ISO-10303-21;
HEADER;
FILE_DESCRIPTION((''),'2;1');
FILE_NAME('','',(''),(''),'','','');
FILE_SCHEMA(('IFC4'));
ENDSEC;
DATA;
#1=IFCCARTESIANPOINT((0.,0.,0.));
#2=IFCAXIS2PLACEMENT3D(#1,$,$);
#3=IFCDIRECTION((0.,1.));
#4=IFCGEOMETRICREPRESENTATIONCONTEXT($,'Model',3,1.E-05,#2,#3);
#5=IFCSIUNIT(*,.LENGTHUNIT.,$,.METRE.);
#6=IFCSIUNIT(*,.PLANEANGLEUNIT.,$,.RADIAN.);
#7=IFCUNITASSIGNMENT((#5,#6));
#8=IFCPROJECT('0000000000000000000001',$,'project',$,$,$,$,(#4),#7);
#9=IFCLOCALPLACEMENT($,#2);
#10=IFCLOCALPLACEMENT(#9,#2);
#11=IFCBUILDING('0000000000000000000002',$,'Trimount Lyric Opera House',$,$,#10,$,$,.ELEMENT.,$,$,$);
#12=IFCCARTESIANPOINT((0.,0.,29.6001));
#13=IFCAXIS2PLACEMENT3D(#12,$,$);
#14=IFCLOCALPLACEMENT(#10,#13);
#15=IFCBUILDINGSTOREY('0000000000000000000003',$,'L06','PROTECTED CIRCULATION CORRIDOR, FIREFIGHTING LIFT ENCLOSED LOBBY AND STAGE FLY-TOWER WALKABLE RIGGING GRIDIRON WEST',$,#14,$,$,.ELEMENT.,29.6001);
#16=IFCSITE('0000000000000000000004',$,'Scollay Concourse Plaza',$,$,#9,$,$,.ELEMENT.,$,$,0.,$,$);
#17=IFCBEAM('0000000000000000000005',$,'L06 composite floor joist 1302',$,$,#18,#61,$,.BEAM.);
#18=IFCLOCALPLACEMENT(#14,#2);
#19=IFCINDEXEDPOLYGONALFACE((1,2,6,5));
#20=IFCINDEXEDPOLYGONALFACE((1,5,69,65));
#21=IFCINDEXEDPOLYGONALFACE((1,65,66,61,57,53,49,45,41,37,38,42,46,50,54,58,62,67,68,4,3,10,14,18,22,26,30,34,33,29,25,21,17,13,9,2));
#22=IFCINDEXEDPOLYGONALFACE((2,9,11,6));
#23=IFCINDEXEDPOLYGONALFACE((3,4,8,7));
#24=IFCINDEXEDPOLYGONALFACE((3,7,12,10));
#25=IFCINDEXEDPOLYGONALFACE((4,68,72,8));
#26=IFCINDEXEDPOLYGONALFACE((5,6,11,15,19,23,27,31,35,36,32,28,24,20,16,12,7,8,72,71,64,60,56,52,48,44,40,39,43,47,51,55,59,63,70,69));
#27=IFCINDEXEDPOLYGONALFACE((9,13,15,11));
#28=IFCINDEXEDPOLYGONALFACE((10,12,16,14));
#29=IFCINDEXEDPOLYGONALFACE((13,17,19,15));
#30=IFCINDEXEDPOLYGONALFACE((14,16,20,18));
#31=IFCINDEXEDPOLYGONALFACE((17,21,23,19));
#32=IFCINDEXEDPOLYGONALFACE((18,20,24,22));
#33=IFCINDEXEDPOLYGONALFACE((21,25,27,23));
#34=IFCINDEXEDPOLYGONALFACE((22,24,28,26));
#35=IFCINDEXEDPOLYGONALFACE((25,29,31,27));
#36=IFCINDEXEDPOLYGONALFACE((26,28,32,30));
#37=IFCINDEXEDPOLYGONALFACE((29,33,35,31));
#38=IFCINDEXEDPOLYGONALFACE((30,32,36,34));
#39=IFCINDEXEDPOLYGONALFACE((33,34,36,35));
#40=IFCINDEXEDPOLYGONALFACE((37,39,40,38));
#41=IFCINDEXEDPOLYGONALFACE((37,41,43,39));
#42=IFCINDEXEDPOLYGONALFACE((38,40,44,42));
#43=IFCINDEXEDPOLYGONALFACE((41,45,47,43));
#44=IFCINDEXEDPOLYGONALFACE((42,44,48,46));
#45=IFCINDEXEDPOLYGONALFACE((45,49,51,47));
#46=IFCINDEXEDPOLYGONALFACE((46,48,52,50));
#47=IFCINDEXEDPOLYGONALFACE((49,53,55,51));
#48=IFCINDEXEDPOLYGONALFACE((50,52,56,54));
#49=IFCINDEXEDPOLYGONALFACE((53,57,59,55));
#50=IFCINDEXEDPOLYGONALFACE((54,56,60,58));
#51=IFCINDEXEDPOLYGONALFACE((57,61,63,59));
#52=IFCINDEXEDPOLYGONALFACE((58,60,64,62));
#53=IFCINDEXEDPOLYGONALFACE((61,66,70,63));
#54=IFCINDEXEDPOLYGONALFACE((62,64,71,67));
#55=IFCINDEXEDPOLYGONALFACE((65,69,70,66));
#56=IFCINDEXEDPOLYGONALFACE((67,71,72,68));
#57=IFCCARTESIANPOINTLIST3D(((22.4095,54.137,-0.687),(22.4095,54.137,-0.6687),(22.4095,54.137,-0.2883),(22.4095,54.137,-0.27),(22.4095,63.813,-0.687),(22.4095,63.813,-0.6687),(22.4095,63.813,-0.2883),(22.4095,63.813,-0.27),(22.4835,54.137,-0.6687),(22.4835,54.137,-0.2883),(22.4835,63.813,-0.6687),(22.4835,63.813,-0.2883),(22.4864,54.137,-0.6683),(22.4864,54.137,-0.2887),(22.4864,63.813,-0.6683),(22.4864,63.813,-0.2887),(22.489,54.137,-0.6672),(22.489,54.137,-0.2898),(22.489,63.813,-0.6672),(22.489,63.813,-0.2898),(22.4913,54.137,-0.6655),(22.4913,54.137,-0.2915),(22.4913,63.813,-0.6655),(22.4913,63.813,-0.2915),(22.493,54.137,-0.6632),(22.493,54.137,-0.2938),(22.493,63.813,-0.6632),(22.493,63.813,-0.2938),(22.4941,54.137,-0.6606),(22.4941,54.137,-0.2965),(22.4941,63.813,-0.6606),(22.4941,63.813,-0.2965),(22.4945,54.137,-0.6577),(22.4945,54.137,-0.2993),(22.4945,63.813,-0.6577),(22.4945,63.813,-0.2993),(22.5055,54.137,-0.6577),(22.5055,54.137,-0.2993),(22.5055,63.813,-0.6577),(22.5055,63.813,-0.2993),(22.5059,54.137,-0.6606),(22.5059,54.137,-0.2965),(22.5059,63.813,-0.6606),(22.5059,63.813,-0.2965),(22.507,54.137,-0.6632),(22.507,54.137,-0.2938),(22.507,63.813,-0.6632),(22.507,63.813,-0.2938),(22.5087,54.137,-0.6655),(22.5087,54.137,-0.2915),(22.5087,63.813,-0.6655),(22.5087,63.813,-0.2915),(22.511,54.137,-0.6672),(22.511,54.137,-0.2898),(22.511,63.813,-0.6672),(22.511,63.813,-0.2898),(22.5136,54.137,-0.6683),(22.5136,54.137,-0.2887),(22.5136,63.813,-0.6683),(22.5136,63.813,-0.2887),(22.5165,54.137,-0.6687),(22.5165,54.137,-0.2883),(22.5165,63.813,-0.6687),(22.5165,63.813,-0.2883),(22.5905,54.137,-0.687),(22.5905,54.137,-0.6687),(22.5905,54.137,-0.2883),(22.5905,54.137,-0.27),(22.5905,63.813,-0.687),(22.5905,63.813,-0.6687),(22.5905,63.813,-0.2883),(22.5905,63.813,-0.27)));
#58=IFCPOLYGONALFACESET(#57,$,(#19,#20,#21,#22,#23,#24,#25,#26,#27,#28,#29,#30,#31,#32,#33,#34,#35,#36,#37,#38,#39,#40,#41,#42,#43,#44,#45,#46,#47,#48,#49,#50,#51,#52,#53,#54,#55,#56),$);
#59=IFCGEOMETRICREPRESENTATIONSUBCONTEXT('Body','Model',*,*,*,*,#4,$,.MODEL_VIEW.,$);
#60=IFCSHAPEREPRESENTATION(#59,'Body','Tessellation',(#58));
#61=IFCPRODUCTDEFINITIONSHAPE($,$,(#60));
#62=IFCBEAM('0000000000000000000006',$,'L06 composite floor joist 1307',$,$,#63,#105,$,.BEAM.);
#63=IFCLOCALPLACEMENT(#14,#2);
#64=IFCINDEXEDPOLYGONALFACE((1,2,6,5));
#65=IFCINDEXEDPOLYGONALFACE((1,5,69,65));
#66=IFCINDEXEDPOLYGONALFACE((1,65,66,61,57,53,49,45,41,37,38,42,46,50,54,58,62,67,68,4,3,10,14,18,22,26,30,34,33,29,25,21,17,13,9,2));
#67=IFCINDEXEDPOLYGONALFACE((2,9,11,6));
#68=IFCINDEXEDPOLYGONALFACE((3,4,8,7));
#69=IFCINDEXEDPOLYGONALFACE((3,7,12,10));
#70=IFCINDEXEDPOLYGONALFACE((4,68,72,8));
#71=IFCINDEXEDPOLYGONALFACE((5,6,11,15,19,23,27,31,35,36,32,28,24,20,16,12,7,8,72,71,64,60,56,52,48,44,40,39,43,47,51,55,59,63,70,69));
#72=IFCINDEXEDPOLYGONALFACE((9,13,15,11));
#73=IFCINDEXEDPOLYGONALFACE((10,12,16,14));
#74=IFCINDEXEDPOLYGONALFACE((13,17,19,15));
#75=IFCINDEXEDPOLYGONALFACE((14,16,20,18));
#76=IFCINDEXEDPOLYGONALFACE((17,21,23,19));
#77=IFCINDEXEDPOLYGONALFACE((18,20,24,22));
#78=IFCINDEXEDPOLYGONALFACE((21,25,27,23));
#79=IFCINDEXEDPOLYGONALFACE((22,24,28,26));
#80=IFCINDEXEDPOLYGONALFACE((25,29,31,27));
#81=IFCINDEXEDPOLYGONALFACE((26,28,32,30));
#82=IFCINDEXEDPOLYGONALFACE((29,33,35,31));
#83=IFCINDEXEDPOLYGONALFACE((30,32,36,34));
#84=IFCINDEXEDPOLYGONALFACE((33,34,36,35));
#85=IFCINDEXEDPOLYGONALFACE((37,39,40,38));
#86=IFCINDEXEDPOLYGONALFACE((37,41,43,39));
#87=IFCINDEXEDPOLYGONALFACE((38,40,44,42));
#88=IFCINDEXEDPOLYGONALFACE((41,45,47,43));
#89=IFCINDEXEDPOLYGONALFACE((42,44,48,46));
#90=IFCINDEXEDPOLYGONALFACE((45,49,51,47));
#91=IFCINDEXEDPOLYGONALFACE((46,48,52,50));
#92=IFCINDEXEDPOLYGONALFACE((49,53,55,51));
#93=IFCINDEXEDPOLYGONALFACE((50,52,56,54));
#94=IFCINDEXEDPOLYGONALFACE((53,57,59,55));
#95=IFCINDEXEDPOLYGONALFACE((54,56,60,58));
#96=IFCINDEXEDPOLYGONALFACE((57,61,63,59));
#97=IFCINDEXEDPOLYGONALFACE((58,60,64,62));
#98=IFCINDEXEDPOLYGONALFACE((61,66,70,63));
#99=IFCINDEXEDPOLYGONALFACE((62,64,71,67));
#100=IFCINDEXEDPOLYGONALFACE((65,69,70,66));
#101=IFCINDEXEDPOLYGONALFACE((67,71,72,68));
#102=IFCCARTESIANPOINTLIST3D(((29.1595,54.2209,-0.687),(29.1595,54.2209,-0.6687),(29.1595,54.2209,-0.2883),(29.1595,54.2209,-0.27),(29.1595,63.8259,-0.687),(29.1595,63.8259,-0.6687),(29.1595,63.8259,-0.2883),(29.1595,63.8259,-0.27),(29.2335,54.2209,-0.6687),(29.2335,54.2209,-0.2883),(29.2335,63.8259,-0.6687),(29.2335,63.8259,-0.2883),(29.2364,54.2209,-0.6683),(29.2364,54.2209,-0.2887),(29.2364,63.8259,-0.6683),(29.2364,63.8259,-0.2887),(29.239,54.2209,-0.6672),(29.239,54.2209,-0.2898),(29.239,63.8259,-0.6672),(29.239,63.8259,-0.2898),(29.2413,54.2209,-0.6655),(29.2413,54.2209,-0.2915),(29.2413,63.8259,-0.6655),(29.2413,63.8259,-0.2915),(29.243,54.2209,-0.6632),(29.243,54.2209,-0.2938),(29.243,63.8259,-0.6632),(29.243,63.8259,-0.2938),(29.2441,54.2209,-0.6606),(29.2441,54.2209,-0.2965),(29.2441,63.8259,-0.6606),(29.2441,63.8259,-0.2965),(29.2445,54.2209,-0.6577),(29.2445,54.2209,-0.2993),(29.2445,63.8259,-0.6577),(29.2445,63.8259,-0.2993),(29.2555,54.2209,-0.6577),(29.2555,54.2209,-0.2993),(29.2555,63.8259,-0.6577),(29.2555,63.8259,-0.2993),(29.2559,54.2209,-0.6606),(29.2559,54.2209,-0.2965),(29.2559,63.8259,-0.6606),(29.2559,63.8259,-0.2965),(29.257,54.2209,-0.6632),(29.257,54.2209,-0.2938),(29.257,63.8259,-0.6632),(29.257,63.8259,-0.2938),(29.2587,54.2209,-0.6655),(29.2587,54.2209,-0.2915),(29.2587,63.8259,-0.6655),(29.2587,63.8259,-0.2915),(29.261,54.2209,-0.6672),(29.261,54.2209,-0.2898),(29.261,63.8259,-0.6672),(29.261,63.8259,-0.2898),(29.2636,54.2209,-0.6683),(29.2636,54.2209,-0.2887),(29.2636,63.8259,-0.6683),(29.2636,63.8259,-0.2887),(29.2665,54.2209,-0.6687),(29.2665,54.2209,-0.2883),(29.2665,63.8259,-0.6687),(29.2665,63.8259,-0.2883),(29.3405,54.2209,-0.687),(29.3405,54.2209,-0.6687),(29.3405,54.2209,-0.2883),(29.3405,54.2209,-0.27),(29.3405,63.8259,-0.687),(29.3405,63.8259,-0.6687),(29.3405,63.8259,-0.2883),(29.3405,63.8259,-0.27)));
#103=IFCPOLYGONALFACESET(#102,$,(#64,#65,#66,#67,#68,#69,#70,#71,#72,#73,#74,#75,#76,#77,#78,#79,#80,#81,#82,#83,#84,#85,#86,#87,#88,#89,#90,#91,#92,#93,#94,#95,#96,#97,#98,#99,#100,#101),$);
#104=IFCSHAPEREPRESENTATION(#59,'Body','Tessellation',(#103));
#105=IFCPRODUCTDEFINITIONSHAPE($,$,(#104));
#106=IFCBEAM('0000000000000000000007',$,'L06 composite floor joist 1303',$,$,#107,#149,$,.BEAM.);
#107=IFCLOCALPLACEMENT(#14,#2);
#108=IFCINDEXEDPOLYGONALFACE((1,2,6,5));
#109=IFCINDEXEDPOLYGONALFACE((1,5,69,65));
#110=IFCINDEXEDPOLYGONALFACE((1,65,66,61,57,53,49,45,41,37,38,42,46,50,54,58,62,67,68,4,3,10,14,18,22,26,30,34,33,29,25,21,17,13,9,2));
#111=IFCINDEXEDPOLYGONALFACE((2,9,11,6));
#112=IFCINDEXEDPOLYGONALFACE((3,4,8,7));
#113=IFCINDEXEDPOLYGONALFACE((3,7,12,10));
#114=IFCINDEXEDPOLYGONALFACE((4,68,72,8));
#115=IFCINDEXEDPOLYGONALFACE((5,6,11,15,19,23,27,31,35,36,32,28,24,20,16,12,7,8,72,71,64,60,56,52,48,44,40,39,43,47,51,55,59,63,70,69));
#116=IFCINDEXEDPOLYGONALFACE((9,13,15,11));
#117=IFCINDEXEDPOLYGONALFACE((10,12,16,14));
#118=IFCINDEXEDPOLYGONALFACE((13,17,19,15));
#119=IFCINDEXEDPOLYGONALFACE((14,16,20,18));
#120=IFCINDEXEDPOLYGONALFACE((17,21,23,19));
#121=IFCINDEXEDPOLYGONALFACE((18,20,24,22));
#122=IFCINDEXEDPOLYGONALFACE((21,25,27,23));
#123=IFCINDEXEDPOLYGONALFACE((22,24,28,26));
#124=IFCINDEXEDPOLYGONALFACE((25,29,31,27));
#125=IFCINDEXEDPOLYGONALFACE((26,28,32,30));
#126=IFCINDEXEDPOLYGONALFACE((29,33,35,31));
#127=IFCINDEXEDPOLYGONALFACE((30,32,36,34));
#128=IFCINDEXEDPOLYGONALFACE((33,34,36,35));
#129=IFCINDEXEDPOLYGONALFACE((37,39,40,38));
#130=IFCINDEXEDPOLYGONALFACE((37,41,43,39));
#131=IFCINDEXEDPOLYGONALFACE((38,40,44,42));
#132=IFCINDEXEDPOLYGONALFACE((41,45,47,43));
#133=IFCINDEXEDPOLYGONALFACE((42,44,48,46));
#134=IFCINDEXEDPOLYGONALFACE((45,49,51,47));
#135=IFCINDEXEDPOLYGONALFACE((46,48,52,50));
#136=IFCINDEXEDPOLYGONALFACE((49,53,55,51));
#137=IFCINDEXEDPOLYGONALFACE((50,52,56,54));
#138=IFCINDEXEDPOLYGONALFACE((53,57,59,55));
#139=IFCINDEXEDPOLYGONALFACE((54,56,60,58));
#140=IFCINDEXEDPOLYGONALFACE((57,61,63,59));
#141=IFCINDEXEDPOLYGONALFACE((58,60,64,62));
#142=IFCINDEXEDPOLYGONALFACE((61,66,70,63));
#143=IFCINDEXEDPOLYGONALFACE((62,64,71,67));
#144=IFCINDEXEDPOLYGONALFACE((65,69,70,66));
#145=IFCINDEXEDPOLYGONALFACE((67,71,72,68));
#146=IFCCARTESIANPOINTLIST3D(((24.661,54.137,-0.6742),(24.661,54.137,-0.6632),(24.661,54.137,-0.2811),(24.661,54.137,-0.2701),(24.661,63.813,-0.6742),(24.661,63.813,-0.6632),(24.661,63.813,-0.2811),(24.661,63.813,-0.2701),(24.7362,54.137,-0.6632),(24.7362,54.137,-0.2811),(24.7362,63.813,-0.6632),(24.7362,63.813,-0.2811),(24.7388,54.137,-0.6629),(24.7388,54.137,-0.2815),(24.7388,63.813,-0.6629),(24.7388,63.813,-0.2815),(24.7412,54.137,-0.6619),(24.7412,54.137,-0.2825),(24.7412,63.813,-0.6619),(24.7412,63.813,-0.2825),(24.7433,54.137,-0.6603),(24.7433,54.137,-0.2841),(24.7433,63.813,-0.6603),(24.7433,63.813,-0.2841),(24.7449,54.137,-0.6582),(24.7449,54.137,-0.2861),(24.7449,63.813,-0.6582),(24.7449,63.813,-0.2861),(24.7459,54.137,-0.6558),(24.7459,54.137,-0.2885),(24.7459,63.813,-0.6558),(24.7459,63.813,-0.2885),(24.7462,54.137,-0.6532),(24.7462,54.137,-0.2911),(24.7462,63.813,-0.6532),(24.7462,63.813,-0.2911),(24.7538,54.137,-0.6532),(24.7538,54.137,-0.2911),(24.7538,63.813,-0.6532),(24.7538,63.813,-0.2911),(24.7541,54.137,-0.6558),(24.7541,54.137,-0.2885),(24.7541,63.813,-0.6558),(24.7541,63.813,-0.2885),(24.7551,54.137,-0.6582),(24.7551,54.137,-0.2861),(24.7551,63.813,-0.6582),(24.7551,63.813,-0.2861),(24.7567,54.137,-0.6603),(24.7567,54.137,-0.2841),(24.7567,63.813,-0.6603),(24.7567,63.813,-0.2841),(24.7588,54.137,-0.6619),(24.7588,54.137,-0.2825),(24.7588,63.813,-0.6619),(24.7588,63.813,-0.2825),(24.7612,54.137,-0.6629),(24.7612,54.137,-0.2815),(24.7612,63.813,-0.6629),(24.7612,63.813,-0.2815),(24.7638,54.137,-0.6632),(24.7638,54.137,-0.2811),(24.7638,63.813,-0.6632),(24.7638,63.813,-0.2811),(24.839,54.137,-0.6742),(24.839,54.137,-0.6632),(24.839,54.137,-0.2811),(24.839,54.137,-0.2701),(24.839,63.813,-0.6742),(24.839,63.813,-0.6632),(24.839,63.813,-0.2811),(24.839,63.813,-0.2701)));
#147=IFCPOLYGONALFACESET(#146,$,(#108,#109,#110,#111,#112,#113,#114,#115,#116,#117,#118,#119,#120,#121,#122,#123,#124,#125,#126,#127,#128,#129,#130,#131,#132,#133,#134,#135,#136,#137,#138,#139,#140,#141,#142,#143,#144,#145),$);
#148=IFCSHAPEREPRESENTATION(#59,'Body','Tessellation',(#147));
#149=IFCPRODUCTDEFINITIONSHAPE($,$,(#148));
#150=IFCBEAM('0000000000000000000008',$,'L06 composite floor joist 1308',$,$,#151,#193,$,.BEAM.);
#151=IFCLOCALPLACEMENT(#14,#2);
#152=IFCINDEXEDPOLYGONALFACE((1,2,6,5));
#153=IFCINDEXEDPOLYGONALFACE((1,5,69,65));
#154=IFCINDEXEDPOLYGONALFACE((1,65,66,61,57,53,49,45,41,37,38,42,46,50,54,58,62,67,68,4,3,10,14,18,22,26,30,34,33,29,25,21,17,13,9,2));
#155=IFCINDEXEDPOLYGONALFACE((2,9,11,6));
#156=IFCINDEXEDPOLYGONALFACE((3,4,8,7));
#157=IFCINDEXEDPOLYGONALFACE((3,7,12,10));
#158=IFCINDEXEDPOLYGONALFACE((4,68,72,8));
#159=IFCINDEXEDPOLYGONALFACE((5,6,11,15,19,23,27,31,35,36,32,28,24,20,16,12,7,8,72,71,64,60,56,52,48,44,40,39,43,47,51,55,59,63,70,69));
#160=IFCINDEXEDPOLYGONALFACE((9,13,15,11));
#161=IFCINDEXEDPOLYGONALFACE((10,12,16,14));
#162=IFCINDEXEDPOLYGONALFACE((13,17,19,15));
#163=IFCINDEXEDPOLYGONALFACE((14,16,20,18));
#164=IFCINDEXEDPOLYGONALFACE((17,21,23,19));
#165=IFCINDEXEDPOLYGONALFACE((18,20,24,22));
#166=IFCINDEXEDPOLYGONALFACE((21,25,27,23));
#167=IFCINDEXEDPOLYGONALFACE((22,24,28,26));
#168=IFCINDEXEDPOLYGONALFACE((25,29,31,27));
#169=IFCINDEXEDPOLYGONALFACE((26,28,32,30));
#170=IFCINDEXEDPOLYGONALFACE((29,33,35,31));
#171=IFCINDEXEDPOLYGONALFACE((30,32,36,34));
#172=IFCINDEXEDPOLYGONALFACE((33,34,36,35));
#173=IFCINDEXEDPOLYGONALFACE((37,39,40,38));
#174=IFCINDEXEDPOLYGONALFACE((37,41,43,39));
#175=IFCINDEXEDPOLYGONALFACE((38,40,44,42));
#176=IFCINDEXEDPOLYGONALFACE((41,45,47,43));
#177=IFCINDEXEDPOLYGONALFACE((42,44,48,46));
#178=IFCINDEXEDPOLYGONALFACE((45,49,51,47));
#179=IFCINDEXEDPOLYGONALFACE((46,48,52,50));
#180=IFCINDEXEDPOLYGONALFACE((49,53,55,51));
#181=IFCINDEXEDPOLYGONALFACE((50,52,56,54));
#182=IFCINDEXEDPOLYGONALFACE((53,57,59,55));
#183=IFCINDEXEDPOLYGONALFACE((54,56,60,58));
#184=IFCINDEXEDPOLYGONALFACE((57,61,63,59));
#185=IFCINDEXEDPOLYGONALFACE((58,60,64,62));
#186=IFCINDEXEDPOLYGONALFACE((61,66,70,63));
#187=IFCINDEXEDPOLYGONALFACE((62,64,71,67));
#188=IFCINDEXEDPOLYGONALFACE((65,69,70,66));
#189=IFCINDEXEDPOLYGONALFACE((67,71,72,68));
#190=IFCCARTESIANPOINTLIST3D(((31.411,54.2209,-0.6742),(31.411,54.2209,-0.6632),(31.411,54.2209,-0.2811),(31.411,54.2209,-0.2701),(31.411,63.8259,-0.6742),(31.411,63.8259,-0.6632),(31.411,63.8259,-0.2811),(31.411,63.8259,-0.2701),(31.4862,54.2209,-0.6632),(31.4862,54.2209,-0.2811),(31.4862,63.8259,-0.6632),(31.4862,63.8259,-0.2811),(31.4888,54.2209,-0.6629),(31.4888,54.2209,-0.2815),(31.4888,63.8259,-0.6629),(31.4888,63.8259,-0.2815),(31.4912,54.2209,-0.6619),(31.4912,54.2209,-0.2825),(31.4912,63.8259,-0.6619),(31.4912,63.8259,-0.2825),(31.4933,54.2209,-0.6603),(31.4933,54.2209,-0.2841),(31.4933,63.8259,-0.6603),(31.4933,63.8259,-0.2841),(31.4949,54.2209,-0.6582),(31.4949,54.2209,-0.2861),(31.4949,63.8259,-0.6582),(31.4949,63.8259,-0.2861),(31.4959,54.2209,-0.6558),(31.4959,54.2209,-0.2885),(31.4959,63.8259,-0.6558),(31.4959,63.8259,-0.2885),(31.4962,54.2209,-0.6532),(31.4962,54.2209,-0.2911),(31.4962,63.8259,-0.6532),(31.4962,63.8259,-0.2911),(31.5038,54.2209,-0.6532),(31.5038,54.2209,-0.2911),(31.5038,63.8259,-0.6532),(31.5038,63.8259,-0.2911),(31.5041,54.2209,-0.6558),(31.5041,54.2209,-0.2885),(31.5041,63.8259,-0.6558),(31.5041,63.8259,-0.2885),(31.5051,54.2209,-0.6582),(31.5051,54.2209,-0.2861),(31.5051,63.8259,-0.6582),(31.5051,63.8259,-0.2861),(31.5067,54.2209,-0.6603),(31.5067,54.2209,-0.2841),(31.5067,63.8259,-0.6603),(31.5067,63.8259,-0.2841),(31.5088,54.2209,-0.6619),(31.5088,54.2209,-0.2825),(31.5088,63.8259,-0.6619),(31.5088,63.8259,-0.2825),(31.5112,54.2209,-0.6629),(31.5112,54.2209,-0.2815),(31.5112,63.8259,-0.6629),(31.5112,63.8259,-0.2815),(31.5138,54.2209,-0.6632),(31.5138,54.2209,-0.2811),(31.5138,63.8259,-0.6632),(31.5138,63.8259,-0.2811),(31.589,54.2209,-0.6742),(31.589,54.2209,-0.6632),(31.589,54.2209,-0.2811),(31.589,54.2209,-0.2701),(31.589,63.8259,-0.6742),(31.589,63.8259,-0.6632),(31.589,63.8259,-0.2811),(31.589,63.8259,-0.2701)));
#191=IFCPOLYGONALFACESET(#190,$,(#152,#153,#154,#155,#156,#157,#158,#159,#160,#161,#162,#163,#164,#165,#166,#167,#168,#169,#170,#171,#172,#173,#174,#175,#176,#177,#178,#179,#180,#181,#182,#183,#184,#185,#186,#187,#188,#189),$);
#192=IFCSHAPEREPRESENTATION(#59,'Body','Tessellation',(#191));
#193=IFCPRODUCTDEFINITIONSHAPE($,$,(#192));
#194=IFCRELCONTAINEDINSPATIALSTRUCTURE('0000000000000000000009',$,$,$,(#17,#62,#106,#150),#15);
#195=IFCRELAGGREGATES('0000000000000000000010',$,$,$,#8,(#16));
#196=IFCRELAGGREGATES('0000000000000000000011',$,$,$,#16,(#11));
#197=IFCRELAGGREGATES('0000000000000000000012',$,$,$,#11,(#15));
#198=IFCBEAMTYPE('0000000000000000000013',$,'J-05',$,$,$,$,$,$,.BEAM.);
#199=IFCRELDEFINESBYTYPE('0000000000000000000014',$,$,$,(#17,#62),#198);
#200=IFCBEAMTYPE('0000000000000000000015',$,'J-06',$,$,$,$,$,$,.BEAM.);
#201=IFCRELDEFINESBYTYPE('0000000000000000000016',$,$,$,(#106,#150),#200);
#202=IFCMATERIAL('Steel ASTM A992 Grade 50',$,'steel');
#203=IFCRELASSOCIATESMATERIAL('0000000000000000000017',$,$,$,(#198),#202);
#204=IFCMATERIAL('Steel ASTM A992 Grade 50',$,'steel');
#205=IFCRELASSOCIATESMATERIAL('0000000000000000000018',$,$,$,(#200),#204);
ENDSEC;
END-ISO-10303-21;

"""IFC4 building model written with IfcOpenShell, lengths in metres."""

from ifc_helpers import new_model, si_unit, direction, frame, origin, origin_2d, place, context, subcontext, project, spatial, i_section, extrude, material, material_profile, profile_set, type_object, element, save


model = new_model("IFC4")

# Units and contexts
model_context = context("Model", 3, precision=1e-05, world=origin(), true_north=direction((0.0, 1.0)))
body_context = subcontext(model_context, "Body", "Model", "MODEL_VIEW")
ifc_project = project(units=[si_unit("LENGTHUNIT", "METRE"), si_unit("PLANEANGLEUNIT", "RADIAN")], contexts=[model_context])

# Site, building, storey
site_placement = place(None, origin())
site = spatial("IfcSite", under=ifc_project, at=site_placement, Name="Scollay Concourse Plaza", CompositionType="ELEMENT", RefElevation=0.0)
building_placement = place(site_placement, origin())
building = spatial("IfcBuilding", under=site, at=building_placement, Name="Trimount Lyric Opera House", CompositionType="ELEMENT")
storey_placement = place(building_placement, frame((0.0, 0.0, 29.6001)))
storey = spatial("IfcBuildingStorey", under=building, at=storey_placement, Name="L06", Description="PROTECTED CIRCULATION CORRIDOR, FIREFIGHTING LIFT ENCLOSED LOBBY AND STAGE FLY-TOWER WALKABLE RIGGING GRIDIRON WEST", CompositionType="ELEMENT", Elevation=29.6001)

# Beams
ifc_material_1 = material(Name="Steel ASTM A992 Grade 50", Category="steel")
ifc_material_profile_1 = material_profile(ifc_material_1, i_section(OverallWidth=0.1809, OverallDepth=0.417, WebThickness=0.011, FlangeThickness=0.0183, FilletRadius=0.011, at=origin_2d()), Name="W16X57")
ifc_profile_set_1 = profile_set([ifc_material_profile_1], Name="Steel ASTM A992 Grade 50")
beam_type_1 = type_object("IfcBeamType", Name="J-05", PredefinedType="BEAM", material=ifc_profile_set_1)
beam_1_placement = place(storey_placement, frame((22.5, 54.137, -0.4785), z_axis=(0.0, 1.0, 0.0), x_axis=(-1.0, 0.0, 0.0)))
element("IfcBeam", 1, at=beam_1_placement, inside=storey, type_object=beam_type_1, Name="L06 composite floor joist 1302", PredefinedType="BEAM", context=body_context, shape_type="SweptSolid", body=[
    extrude(i_section(OverallWidth=0.1809, OverallDepth=0.417, WebThickness=0.011, FlangeThickness=0.0183, FilletRadius=0.011, at=origin_2d()), origin(), (0.0, 0.0, 1.0), 9.676),
])
beam_2_placement = place(storey_placement, frame((29.25, 54.2209, -0.4785), z_axis=(0.0, 1.0, 0.0), x_axis=(-1.0, 0.0, 0.0)))
element("IfcBeam", 2, at=beam_2_placement, inside=storey, type_object=beam_type_1, Name="L06 composite floor joist 1307", PredefinedType="BEAM", context=body_context, shape_type="SweptSolid", body=[
    extrude(i_section(OverallWidth=0.1809, OverallDepth=0.417, WebThickness=0.011, FlangeThickness=0.0183, FilletRadius=0.011, at=origin_2d()), origin(), (0.0, 0.0, 1.0), 9.605),
])
ifc_material_2 = material(Name="Steel ASTM A992 Grade 50", Category="steel")
ifc_material_profile_2 = material_profile(ifc_material_2, i_section(OverallWidth=0.178, OverallDepth=0.4041, WebThickness=0.0076, FlangeThickness=0.011, FilletRadius=0.01, at=origin_2d()), Name="W16X36")
ifc_profile_set_2 = profile_set([ifc_material_profile_2], Name="Steel ASTM A992 Grade 50")
beam_type_2 = type_object("IfcBeamType", Name="J-06", PredefinedType="BEAM", material=ifc_profile_set_2)
beam_3_placement = place(storey_placement, frame((24.75, 54.137, -0.4722), z_axis=(0.0, 1.0, 0.0), x_axis=(-1.0, 0.0, 0.0)))
element("IfcBeam", 3, at=beam_3_placement, inside=storey, type_object=beam_type_2, Name="L06 composite floor joist 1303", PredefinedType="BEAM", context=body_context, shape_type="SweptSolid", body=[
    extrude(i_section(OverallWidth=0.178, OverallDepth=0.4041, WebThickness=0.0076, FlangeThickness=0.011, FilletRadius=0.01, at=origin_2d()), origin(), (0.0, 0.0, 1.0), 9.676),
])
for number, where, z_axis, x_axis, name in (
    (4, (31.5, 54.2209, -0.4722), (0.0, 1.0, 0.0), (-1.0, 0.0, 0.0), "L06 composite floor joist 1308"),
):
    element("IfcBeam", number, at=place(storey_placement, frame(where, z_axis=z_axis, x_axis=x_axis)), inside=storey, type_object=beam_type_2, Name=name, PredefinedType="BEAM", context=body_context, shape_type="SweptSolid", body=[
        extrude(i_section(OverallWidth=0.178, OverallDepth=0.4041, WebThickness=0.0076, FlangeThickness=0.011, FilletRadius=0.01, at=origin_2d()), origin(), (0.0, 0.0, 1.0), 9.605),
    ])

save(model, "model.ifc")
